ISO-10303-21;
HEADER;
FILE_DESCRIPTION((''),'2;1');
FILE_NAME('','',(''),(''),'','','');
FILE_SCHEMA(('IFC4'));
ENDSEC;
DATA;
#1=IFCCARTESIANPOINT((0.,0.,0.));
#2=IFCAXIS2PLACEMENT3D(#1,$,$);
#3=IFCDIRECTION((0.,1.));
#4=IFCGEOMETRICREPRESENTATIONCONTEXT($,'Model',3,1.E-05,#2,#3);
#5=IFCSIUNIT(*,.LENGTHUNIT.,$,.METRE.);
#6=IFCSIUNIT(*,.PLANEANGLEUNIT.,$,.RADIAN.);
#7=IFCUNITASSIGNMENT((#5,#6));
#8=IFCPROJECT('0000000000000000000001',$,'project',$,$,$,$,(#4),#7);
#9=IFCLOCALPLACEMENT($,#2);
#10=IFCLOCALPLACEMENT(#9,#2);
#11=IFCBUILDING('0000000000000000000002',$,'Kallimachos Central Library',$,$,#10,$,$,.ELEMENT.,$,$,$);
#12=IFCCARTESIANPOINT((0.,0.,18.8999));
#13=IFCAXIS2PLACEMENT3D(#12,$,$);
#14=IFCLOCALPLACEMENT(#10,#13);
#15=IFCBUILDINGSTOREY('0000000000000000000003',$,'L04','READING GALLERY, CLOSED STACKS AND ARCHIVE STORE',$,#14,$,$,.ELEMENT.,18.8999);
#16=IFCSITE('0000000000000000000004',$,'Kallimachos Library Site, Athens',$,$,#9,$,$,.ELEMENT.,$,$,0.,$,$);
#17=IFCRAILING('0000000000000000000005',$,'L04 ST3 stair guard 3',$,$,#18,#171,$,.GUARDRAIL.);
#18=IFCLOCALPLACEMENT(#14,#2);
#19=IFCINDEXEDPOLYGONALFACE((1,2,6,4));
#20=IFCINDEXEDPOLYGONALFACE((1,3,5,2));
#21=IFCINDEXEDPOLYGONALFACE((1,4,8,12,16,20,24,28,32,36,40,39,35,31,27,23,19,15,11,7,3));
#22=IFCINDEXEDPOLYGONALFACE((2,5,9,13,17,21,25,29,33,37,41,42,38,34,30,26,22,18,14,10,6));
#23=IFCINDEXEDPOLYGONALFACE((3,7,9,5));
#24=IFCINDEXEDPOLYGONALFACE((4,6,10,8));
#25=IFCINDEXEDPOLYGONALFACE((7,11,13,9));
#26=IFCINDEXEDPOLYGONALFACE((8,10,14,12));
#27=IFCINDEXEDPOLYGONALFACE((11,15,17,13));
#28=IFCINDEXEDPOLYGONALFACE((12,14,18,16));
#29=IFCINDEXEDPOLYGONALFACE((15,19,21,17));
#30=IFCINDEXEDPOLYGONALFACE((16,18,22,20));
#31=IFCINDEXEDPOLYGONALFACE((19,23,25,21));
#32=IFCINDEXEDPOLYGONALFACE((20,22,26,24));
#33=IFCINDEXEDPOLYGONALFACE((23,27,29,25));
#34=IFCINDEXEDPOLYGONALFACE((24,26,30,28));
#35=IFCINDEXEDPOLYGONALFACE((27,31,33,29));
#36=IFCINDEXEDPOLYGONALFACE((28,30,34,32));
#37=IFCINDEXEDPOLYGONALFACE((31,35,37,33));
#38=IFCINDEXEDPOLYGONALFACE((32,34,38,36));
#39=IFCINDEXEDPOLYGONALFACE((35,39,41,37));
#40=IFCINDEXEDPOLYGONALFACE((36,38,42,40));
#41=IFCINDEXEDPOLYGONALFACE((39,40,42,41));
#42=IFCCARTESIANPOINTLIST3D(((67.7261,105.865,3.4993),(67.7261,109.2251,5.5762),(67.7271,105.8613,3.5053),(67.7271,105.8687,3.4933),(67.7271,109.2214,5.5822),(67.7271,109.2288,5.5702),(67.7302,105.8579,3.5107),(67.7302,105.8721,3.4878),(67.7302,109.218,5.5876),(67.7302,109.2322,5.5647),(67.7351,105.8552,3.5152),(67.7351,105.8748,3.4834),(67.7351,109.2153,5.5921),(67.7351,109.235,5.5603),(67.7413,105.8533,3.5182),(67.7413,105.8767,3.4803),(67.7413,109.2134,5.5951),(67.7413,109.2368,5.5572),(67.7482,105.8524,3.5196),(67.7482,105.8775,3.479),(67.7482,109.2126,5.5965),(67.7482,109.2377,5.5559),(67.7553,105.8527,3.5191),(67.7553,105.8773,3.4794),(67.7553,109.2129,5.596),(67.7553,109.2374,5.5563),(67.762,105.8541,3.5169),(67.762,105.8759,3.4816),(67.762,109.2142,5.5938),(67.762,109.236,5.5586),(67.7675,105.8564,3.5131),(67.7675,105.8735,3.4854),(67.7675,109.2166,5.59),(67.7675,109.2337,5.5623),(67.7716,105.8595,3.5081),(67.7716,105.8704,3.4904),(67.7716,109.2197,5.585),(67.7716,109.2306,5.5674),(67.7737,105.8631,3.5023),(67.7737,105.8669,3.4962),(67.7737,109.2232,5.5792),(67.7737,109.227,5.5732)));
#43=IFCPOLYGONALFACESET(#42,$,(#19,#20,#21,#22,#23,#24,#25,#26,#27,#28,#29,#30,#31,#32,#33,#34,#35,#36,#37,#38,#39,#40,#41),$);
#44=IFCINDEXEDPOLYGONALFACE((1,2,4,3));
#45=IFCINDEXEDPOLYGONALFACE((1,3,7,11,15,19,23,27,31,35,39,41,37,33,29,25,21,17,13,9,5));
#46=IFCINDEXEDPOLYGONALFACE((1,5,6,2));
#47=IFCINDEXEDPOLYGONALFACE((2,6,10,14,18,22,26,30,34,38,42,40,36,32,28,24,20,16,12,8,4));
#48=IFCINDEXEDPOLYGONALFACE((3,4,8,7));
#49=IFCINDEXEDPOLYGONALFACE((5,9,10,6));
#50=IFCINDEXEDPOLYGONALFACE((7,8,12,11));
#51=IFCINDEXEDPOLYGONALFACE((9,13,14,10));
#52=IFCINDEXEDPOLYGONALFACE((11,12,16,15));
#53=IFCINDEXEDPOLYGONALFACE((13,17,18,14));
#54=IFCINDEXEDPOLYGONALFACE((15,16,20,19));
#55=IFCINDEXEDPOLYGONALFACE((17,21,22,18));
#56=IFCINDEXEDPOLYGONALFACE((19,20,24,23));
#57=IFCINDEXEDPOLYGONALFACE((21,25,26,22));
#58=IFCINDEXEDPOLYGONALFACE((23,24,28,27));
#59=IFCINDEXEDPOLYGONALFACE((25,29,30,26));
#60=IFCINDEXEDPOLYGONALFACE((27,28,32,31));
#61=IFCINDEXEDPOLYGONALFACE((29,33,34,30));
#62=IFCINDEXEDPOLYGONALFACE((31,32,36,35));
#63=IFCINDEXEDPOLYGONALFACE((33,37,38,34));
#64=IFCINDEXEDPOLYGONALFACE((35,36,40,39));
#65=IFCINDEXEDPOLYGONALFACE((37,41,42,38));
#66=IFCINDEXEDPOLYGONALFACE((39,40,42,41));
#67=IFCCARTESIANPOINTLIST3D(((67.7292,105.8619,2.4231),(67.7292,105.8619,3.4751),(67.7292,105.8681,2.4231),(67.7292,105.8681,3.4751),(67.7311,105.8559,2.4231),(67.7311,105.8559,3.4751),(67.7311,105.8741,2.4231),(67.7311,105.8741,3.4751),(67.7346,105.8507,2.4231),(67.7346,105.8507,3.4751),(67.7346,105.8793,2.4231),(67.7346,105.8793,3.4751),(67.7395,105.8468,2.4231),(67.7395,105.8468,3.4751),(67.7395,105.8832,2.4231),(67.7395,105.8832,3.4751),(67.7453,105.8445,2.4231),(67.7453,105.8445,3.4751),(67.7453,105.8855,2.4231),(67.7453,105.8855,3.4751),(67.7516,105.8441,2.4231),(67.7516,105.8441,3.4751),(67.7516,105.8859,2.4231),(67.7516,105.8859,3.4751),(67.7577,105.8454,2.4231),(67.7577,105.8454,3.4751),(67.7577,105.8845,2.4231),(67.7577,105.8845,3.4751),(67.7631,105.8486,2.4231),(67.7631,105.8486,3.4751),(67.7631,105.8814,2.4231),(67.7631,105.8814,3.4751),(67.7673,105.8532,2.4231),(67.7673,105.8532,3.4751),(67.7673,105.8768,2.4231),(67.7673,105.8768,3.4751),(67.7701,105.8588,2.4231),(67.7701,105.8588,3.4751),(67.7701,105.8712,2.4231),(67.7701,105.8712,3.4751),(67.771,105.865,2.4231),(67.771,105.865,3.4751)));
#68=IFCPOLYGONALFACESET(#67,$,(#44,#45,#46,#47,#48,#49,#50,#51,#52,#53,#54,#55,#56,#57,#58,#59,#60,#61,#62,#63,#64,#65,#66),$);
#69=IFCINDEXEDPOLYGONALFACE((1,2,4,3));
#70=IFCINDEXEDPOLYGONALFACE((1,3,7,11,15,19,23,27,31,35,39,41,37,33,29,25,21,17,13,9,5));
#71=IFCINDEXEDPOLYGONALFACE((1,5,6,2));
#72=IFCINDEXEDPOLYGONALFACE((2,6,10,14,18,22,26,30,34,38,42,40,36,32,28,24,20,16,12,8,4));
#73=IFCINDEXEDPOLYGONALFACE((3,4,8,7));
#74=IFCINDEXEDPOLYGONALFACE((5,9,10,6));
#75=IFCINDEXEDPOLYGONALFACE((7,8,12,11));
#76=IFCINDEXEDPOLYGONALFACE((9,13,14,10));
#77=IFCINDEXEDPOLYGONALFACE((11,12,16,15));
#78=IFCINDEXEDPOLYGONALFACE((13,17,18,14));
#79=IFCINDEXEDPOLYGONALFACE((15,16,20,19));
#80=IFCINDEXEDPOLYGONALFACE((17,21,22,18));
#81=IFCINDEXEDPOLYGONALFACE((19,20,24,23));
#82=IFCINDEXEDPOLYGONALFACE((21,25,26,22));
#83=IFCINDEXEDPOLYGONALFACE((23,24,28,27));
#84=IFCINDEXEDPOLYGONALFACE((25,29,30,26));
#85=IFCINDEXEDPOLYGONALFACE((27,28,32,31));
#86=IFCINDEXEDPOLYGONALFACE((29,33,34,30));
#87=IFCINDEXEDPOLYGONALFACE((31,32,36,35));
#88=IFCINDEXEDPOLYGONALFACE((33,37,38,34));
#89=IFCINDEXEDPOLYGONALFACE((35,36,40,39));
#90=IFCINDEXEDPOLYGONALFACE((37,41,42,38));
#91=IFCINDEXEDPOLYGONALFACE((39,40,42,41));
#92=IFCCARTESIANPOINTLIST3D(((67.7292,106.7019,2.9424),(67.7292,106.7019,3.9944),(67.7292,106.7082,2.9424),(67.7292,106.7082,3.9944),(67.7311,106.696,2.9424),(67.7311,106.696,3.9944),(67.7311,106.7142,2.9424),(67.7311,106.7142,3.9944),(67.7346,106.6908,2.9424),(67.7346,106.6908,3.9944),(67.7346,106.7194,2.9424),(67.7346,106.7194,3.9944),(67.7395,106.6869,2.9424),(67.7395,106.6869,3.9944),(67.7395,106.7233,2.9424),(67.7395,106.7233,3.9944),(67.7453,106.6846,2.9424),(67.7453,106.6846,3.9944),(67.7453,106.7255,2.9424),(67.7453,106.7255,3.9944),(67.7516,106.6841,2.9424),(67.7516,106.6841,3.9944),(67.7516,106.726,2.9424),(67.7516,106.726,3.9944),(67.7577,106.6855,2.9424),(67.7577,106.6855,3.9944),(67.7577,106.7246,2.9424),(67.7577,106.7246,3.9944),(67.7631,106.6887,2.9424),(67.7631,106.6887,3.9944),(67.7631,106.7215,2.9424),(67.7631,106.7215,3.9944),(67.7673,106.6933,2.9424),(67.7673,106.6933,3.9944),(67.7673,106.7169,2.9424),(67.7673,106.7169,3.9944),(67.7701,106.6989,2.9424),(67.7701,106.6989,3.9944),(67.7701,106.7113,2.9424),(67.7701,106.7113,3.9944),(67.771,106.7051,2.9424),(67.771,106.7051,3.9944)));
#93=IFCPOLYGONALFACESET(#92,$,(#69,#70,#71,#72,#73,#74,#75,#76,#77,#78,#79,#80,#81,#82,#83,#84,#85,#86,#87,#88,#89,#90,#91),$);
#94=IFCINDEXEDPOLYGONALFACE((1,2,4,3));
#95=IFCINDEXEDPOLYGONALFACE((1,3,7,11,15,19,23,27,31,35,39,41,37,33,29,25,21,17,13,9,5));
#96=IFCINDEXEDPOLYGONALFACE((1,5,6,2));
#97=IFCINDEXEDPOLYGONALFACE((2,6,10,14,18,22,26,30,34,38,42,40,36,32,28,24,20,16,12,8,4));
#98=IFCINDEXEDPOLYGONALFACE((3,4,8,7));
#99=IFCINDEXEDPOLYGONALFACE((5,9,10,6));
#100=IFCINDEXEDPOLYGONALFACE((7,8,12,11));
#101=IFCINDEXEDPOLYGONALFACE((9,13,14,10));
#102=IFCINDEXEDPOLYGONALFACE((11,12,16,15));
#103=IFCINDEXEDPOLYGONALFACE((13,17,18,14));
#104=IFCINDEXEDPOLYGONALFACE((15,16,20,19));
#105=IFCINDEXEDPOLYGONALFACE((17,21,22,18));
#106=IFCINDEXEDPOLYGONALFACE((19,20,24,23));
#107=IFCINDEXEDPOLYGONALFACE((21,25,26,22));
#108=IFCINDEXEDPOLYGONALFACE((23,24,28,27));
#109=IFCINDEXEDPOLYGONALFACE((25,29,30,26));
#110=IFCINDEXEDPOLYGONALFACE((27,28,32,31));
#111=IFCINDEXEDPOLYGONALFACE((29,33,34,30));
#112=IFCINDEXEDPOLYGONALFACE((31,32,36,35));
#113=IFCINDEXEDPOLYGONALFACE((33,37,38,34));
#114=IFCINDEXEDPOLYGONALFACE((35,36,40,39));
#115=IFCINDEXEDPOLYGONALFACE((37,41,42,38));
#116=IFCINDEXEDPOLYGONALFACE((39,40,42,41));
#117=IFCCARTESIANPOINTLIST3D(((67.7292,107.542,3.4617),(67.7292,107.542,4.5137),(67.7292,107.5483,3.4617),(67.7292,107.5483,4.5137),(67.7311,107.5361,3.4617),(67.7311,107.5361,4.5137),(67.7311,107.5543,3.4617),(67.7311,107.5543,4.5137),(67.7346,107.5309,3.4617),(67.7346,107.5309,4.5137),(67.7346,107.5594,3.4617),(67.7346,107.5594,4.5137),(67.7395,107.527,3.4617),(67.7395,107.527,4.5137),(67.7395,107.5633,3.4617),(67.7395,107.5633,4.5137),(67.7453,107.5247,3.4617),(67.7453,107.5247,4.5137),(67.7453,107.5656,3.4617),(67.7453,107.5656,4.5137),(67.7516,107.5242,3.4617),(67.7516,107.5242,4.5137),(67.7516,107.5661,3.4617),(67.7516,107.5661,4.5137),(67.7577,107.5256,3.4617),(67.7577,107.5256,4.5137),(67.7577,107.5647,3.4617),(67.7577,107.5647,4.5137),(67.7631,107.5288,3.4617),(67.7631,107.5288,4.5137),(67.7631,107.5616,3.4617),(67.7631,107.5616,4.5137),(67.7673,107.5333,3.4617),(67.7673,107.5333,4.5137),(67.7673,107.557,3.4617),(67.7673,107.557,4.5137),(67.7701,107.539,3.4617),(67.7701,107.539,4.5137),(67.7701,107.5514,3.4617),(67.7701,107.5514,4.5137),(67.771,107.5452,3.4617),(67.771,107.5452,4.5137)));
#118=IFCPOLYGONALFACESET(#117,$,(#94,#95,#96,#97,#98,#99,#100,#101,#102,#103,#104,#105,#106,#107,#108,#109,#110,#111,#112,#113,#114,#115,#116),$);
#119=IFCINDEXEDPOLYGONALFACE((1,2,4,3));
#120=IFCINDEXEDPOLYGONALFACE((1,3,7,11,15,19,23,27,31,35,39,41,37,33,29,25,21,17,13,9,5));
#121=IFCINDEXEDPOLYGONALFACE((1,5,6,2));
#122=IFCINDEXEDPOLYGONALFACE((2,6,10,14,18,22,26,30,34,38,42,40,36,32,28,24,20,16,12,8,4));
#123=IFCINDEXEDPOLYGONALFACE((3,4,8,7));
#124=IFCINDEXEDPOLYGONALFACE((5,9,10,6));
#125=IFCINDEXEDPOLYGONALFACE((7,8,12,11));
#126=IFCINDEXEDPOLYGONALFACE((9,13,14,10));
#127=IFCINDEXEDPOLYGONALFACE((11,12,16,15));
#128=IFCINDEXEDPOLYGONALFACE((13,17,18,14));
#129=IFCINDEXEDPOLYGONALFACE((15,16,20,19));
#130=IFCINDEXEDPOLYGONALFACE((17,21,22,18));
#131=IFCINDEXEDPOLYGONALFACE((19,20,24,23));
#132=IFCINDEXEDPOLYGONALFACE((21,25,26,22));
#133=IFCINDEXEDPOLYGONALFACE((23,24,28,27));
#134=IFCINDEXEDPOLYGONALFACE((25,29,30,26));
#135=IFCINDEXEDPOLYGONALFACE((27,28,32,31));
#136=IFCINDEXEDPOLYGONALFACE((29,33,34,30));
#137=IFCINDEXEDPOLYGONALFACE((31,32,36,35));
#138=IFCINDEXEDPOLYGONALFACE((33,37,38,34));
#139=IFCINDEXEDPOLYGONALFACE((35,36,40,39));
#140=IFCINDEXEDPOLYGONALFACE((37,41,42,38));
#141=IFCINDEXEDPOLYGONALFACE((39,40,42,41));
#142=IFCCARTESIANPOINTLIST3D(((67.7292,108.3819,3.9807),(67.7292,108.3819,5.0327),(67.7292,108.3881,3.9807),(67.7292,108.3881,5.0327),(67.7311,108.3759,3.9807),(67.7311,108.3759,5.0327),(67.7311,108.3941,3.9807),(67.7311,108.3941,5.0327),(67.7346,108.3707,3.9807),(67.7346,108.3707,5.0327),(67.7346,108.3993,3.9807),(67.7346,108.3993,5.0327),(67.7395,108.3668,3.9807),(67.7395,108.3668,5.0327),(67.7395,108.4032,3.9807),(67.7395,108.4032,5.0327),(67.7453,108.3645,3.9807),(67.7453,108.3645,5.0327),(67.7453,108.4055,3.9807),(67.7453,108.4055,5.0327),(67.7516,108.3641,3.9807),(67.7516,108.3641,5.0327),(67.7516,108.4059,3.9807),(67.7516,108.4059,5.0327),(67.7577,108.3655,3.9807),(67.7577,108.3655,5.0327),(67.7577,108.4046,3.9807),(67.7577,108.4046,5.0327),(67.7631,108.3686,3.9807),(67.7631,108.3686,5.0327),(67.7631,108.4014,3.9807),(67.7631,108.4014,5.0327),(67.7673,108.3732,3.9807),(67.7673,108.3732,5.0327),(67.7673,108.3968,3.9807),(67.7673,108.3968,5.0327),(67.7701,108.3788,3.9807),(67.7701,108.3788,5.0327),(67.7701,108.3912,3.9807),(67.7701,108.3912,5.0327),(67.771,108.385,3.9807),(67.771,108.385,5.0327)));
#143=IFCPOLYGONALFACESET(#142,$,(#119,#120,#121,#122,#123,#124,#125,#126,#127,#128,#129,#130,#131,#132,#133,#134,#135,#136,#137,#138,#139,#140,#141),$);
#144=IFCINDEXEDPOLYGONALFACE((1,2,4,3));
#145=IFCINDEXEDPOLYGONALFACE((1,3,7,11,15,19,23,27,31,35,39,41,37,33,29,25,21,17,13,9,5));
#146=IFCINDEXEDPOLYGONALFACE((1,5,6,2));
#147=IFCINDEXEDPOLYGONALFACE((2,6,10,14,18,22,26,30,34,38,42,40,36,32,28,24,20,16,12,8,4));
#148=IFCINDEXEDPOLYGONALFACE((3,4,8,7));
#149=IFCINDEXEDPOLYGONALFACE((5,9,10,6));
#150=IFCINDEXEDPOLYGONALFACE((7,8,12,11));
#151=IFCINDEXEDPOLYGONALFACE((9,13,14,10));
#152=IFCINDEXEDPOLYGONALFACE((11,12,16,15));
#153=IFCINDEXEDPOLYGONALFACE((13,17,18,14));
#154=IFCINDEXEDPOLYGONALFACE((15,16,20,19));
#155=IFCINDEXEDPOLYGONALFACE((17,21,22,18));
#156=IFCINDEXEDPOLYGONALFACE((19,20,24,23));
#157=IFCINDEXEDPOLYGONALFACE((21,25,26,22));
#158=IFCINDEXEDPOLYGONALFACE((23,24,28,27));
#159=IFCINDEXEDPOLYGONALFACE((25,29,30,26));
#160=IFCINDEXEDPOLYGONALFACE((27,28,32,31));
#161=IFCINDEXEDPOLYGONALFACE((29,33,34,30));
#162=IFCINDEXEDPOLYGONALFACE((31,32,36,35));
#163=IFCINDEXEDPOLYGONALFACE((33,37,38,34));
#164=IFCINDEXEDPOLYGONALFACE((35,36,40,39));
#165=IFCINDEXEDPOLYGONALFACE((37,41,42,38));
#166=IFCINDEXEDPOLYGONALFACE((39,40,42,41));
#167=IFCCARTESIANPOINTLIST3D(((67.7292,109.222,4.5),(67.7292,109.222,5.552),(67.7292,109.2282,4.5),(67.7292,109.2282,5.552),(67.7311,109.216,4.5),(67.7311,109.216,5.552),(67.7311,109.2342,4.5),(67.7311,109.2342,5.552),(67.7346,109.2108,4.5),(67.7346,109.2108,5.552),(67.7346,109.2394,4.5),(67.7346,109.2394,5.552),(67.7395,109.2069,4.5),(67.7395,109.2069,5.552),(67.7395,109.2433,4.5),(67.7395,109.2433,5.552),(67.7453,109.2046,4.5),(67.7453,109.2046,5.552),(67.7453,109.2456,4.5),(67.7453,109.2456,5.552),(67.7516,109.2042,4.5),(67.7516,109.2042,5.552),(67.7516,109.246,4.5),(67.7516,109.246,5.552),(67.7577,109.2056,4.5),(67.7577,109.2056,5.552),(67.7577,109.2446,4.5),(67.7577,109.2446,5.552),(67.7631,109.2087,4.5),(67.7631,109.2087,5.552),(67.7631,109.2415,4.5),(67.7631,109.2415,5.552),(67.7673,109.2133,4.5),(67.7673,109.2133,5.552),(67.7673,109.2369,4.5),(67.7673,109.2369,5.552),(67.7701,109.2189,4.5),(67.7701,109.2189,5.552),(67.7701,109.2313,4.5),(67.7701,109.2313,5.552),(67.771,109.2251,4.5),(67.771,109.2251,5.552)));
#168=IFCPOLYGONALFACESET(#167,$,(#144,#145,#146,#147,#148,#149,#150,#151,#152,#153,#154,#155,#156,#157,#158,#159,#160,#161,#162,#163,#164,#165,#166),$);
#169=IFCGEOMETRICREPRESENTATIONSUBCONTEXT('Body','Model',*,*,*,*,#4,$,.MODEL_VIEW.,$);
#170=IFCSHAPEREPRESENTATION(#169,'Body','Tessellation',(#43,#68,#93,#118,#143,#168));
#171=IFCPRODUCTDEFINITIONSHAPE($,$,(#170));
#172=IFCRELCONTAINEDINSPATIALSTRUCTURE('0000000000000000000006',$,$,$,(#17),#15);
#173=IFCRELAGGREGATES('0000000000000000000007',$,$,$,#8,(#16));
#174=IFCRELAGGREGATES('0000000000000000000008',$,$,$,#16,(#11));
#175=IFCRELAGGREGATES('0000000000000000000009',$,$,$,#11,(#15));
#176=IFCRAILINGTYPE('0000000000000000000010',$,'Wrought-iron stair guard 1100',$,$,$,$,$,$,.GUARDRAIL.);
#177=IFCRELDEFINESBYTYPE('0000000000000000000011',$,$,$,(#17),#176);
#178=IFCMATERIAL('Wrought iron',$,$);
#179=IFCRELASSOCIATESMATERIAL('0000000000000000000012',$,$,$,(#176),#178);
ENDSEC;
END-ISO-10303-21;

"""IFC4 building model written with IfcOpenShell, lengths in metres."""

from ifc_helpers import new_model, si_unit, direction, frame, origin, origin_2d, place, context, subcontext, project, spatial, circle, extrude, material, type_object, element, save


model = new_model("IFC4")

# Units and contexts
model_context = context("Model", 3, precision=1e-05, world=origin(), true_north=direction((0.0, 1.0)))
body_context = subcontext(model_context, "Body", "Model", "MODEL_VIEW")
ifc_project = project(units=[si_unit("LENGTHUNIT", "METRE"), si_unit("PLANEANGLEUNIT", "RADIAN")], contexts=[model_context])

# Site, building, storey
site_placement = place(None, origin())
site = spatial("IfcSite", under=ifc_project, at=site_placement, Name="Kallimachos Library Site, Athens", CompositionType="ELEMENT", RefElevation=0.0)
building_placement = place(site_placement, origin())
building = spatial("IfcBuilding", under=site, at=building_placement, Name="Kallimachos Central Library", CompositionType="ELEMENT")
storey_placement = place(building_placement, frame((0.0, 0.0, 18.8999)))
storey = spatial("IfcBuildingStorey", under=building, at=storey_placement, Name="L04", Description="READING GALLERY, CLOSED STACKS AND ARCHIVE STORE", CompositionType="ELEMENT", Elevation=18.8999)

# Railing
ifc_material_1 = material(Name="Wrought iron")
railing_type_1 = type_object("IfcRailingType", Name="Wrought-iron stair guard 1100", PredefinedType="GUARDRAIL", material=ifc_material_1)
railing_1_placement = place(storey_placement, frame((67.75, 105.865, 2.4231)))
element("IfcRailing", 1, at=railing_1_placement, inside=storey, type_object=railing_type_1, Name="L04 ST3 stair guard 3", PredefinedType="GUARDRAIL", context=body_context, shape_type="SweptSolid", body=[
    extrude(circle(Radius=0.0239, at=origin_2d()), frame((0.0, 0.0, 1.0762), z_axis=(0.0, 0.850623, 0.525776), x_axis=(-1.0, 0.0, 0.0)), (0.0, 0.0, 1.0), 3.9502),
    extrude(circle(Radius=0.021, at=origin_2d()), origin(), (0.0, 0.0, 1.0), 1.052),
    extrude(circle(Radius=0.021, at=origin_2d()), frame((0.0, 0.8401, 0.5193)), (0.0, 0.0, 1.0), 1.052),
    extrude(circle(Radius=0.021, at=origin_2d()), frame((0.0, 1.6802, 1.0386)), (0.0, 0.0, 1.0), 1.052),
    extrude(circle(Radius=0.021, at=origin_2d()), frame((0.0, 2.52, 1.5576)), (0.0, 0.0, 1.0), 1.052),
    extrude(circle(Radius=0.021, at=origin_2d()), frame((0.0, 3.3601, 2.0769)), (0.0, 0.0, 1.0), 1.052),
])

save(model, "model.ifc")
